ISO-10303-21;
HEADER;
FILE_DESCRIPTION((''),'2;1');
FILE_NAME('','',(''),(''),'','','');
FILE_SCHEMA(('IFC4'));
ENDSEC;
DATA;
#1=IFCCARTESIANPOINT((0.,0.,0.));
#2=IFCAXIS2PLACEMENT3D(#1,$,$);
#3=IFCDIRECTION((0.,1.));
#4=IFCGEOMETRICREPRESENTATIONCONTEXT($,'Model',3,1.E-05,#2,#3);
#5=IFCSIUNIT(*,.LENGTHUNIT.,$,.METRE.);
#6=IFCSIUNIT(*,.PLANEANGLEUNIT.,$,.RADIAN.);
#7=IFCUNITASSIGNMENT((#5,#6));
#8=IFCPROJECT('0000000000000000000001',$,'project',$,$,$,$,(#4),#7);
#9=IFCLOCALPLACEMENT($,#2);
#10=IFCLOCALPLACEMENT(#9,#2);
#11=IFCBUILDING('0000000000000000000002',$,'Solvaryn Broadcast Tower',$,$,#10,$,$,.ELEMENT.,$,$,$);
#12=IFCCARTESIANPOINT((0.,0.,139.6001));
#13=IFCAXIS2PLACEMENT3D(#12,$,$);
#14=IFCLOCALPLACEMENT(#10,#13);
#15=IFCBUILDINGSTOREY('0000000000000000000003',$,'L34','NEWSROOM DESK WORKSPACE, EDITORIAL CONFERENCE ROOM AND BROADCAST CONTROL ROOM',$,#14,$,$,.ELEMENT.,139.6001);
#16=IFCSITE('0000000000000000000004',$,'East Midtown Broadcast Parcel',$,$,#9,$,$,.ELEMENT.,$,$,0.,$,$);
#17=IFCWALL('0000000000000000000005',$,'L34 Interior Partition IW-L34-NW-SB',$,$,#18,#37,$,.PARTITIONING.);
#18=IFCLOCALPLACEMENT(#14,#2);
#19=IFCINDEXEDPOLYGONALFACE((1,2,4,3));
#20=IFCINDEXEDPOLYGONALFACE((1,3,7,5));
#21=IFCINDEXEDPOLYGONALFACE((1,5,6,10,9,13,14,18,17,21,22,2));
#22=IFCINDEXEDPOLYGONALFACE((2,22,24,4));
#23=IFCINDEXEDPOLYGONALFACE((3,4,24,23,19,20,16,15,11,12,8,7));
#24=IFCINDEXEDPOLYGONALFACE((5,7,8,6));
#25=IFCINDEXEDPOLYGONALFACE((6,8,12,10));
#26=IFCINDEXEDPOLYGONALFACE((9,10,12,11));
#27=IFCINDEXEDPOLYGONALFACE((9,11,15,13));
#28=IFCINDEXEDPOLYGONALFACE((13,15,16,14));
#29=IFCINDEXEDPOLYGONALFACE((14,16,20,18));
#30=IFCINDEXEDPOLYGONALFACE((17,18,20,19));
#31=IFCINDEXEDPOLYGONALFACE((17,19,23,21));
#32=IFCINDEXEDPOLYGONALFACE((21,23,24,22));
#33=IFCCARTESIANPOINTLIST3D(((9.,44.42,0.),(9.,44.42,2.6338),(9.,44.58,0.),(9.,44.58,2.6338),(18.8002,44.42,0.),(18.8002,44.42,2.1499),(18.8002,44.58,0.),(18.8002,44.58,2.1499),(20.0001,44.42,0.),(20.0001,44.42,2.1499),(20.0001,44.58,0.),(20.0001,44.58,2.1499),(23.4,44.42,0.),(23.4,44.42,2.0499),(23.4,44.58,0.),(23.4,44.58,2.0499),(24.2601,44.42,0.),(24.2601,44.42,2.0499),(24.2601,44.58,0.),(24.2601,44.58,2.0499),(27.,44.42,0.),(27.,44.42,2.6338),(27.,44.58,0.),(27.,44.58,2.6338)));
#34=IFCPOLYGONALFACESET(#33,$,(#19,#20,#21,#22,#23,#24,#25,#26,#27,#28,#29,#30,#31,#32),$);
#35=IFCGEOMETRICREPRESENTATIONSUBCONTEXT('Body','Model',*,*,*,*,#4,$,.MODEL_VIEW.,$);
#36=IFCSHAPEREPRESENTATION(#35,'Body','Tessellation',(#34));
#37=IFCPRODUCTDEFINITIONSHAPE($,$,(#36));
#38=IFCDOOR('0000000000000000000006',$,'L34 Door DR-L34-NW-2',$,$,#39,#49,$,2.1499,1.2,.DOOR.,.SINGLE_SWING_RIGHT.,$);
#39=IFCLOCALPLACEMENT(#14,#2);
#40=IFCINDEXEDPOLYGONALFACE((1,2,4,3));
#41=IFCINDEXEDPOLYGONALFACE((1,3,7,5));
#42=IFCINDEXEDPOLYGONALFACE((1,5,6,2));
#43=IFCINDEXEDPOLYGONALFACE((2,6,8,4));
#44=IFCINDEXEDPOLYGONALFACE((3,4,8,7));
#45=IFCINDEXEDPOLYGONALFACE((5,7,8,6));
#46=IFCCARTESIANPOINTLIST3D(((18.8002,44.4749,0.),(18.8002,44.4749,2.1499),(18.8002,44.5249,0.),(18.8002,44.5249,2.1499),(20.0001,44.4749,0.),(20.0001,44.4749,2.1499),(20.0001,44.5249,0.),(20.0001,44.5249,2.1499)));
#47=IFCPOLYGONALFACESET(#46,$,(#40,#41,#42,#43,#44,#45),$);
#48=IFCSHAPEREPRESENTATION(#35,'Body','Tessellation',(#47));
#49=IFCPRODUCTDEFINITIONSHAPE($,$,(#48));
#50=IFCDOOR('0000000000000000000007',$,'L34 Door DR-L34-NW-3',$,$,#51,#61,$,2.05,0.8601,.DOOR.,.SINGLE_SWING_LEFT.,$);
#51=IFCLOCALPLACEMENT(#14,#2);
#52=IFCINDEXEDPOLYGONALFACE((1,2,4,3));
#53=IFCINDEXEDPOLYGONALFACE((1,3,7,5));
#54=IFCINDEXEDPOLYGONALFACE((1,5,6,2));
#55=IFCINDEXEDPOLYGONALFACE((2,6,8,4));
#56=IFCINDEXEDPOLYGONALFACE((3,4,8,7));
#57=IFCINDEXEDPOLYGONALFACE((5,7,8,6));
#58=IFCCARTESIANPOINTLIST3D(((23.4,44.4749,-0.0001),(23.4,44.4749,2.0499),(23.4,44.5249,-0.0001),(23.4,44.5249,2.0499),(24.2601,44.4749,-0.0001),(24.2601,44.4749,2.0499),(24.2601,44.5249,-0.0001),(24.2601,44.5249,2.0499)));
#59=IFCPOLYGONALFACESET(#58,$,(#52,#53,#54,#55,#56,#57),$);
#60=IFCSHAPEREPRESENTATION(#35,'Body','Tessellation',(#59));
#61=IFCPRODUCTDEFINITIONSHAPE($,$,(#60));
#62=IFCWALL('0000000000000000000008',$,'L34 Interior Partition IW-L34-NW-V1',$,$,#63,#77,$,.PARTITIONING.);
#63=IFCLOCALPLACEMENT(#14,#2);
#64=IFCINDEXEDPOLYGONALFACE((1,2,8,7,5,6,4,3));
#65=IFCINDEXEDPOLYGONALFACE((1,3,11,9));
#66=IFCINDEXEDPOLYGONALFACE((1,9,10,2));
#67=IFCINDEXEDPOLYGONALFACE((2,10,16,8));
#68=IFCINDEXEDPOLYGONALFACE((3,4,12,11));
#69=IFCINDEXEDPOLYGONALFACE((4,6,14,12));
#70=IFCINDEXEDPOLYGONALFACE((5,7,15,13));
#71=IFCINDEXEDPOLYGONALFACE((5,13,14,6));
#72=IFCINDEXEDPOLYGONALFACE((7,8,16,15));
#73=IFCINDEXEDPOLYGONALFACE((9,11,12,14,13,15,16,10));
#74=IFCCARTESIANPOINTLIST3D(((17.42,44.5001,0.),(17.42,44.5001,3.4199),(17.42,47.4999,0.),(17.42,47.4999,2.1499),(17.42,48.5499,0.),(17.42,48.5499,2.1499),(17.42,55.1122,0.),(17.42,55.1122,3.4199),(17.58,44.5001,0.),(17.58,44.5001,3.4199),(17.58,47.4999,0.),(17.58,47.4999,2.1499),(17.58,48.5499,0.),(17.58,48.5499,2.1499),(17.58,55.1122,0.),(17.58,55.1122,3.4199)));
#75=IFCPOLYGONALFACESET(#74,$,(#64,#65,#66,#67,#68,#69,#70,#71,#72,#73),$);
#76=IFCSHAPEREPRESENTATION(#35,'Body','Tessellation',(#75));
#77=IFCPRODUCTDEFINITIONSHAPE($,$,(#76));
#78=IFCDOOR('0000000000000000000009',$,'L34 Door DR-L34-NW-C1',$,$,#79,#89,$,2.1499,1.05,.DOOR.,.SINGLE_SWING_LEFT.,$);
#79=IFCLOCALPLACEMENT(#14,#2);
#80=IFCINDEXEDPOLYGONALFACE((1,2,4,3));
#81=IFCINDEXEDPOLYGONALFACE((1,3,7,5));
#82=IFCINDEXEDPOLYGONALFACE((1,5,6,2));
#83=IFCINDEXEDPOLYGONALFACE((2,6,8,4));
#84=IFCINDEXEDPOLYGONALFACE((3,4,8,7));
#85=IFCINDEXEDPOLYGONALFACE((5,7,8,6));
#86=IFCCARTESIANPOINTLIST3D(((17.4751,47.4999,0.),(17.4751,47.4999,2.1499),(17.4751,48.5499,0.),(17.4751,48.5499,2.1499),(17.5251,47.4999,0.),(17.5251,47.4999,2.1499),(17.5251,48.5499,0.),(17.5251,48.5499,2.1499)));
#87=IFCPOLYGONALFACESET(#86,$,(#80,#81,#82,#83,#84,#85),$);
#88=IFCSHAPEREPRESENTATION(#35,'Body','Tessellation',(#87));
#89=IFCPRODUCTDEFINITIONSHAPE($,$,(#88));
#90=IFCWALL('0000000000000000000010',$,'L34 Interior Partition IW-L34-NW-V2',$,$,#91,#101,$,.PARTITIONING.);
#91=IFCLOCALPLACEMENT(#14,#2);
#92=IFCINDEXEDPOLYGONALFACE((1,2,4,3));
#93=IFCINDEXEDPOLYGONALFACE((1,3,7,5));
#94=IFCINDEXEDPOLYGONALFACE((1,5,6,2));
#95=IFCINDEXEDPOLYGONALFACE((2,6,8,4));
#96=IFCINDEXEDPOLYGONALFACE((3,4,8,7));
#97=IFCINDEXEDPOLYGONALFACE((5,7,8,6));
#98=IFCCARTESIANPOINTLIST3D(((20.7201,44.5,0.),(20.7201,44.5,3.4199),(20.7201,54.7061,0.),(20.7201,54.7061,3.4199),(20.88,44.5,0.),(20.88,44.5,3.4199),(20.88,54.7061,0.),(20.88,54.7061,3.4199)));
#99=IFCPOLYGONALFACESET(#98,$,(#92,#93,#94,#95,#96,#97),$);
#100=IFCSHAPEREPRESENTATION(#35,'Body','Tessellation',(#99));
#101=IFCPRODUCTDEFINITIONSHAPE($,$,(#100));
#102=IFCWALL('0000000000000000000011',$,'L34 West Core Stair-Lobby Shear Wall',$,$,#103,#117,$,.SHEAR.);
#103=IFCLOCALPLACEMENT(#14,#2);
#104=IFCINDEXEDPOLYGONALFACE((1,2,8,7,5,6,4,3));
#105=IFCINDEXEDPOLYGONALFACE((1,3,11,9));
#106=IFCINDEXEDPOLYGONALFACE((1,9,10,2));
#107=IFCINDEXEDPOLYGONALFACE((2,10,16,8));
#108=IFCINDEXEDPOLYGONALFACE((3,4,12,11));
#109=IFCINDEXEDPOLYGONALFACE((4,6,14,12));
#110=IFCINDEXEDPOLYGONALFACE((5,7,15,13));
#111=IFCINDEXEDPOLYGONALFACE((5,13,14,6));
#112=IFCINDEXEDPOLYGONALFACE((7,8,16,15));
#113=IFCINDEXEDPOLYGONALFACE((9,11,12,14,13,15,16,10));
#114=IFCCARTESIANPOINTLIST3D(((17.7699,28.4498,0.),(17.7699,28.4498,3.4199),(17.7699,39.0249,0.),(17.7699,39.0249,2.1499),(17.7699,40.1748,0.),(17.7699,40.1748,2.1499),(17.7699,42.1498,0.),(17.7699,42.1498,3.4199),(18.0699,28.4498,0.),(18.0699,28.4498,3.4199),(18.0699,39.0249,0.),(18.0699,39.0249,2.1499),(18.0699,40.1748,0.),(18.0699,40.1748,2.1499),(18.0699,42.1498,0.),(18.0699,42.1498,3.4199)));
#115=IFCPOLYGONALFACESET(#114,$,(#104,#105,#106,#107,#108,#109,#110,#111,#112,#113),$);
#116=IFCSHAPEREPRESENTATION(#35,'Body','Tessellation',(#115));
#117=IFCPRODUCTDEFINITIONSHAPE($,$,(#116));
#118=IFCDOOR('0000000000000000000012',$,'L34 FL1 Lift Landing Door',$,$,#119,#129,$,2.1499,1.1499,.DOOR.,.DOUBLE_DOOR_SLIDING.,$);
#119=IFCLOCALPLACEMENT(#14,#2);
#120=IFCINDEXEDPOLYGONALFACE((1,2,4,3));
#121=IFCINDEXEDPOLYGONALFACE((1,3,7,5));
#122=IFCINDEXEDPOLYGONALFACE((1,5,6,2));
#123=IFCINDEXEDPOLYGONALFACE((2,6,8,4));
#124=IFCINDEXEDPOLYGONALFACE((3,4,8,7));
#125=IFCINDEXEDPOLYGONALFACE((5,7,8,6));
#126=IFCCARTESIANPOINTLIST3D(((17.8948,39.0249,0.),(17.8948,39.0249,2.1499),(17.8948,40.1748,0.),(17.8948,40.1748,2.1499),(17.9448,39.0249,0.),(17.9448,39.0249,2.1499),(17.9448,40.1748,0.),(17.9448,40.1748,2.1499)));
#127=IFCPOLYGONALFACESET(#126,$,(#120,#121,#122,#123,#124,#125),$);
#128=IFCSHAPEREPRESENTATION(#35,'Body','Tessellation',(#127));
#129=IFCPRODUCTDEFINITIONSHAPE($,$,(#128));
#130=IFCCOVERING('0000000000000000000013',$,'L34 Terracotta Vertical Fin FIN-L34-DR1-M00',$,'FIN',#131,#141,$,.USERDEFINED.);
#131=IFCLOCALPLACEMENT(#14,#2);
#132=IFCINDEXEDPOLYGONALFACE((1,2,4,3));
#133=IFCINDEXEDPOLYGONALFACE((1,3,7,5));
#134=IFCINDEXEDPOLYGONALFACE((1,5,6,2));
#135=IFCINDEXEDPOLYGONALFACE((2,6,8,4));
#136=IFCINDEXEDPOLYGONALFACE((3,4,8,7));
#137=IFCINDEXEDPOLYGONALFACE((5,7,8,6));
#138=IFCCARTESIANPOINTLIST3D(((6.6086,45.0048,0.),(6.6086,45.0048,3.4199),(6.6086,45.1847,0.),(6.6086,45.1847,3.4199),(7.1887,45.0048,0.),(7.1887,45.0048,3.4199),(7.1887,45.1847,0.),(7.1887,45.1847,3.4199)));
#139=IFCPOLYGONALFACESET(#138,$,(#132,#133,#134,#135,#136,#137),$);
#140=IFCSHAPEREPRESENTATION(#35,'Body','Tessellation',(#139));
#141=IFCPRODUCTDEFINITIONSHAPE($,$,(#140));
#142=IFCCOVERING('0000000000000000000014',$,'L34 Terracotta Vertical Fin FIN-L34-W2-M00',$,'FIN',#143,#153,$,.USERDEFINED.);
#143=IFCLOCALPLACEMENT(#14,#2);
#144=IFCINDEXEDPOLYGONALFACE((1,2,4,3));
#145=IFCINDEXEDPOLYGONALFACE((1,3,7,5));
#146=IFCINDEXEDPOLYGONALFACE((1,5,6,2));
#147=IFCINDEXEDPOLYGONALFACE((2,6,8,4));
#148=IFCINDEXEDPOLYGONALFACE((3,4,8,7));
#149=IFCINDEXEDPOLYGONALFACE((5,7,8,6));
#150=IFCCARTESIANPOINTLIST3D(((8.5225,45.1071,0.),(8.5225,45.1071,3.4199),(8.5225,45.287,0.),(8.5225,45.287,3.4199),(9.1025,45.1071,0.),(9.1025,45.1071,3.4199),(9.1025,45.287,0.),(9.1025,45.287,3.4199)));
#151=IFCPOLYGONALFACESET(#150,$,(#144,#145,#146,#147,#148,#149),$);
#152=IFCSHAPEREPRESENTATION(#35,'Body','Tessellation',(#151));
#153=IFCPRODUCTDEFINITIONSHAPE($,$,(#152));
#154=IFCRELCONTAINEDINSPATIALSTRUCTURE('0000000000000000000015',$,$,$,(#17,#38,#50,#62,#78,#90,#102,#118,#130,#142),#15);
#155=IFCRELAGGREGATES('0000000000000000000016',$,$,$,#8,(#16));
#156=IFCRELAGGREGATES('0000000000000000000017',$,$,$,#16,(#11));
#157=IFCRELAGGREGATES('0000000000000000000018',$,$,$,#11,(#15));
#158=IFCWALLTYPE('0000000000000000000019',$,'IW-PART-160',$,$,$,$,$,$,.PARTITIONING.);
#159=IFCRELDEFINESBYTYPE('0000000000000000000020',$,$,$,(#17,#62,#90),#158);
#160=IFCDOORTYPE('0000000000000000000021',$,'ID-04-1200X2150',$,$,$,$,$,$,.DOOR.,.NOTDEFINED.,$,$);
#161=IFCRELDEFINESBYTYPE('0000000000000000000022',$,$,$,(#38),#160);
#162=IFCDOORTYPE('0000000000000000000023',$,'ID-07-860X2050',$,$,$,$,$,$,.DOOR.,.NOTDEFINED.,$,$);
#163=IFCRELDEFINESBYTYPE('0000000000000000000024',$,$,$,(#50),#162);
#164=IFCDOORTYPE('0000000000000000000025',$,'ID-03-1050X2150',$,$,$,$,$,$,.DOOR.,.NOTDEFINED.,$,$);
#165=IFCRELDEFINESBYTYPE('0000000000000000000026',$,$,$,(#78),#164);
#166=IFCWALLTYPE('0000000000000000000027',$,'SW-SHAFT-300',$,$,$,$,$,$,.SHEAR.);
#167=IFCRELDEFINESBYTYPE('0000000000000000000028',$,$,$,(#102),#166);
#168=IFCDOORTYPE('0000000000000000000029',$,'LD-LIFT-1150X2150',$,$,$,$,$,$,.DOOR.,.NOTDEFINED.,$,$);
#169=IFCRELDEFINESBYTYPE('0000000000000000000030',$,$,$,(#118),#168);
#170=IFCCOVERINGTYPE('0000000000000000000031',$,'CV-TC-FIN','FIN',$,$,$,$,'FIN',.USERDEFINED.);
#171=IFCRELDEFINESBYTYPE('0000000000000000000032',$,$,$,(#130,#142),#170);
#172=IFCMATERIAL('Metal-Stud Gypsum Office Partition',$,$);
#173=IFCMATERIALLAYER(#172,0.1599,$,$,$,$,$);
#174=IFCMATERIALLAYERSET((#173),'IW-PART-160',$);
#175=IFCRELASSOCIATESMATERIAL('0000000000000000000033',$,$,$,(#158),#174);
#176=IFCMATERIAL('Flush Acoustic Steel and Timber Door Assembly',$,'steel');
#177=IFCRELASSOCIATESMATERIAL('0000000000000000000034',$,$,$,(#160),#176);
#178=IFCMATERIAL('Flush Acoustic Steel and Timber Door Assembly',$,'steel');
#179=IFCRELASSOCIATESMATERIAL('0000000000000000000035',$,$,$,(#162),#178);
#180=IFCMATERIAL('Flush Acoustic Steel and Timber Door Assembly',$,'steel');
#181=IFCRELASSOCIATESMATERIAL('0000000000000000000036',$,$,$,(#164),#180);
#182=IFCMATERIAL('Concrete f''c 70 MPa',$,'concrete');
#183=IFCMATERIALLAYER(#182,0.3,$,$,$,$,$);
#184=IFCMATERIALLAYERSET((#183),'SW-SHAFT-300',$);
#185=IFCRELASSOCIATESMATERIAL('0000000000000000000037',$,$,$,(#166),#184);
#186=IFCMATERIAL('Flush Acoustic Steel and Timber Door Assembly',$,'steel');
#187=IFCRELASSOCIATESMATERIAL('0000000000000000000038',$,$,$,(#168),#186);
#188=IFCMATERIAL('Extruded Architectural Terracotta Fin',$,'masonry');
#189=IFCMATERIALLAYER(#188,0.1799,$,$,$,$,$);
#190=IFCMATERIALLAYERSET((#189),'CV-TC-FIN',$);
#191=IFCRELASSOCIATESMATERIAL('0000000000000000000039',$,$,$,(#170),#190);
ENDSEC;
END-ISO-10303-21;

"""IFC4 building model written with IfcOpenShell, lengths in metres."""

from ifc_helpers import new_model, si_unit, direction, frame, frame_2d, origin, origin_2d, place, context, subcontext, project, spatial, rectangle, extrude, material, layer, layer_set, type_object, element, fill, save


model = new_model("IFC4")

# Units and contexts
model_context = context("Model", 3, precision=1e-05, world=origin(), true_north=direction((0.0, 1.0)))
body_context = subcontext(model_context, "Body", "Model", "MODEL_VIEW")
ifc_project = project(units=[si_unit("LENGTHUNIT", "METRE"), si_unit("PLANEANGLEUNIT", "RADIAN")], contexts=[model_context])

# Site, building, storey
site_placement = place(None, origin())
site = spatial("IfcSite", under=ifc_project, at=site_placement, Name="East Midtown Broadcast Parcel", CompositionType="ELEMENT", RefElevation=0.0)
building_placement = place(site_placement, origin())
building = spatial("IfcBuilding", under=site, at=building_placement, Name="Solvaryn Broadcast Tower", CompositionType="ELEMENT")
storey_placement = place(building_placement, frame((0.0, 0.0, 139.6001)))
storey = spatial("IfcBuildingStorey", under=building, at=storey_placement, Name="L34", Description="NEWSROOM DESK WORKSPACE, EDITORIAL CONFERENCE ROOM AND BROADCAST CONTROL ROOM", CompositionType="ELEMENT", Elevation=139.6001)

# Shared definitions
ifc_material_1 = material(Name="Metal-Stud Gypsum Office Partition")
ifc_layer_1 = layer(ifc_material_1, 0.1599)
ifc_layer_set_1 = layer_set([ifc_layer_1], Name="IW-PART-160")
wall_type_1 = type_object("IfcWallType", Name="IW-PART-160", PredefinedType="PARTITIONING", material=ifc_layer_set_1)

# Wall, openings, doors
wall_1_placement = place(storey_placement, frame((9.0, 44.5, 0.0), z_axis=(0.0, 0.0, 1.0), x_axis=(1.0, 0.0, 0.0)))
wall_1 = element("IfcWall", 1, at=wall_1_placement, inside=storey, type_object=wall_type_1, Name="L34 Interior Partition IW-L34-NW-SB", PredefinedType="PARTITIONING", context=body_context, shape_type="SweptSolid", body=[
    extrude(rectangle(XDim=18.0, YDim=0.1599, at=frame_2d((9.0, 0.0))), origin(), (0.0, 0.0, 1.0), 2.6338),
])
opening_1_placement = place(wall_1_placement, frame((9.8, 0.0, 0.0)))
opening_1 = element("IfcOpeningElement", 2, at=opening_1_placement, cuts=wall_1, PredefinedType="OPENING", context=body_context, shape_type="SweptSolid", body=[
    extrude(rectangle(XDim=1.2, YDim=2.1499, at=frame_2d((0.6001, 1.075))), frame((0.0, 0.0901, 0.0), z_axis=(0.0, -1.0, 0.0), x_axis=(1.0, 0.0, 0.0)), (0.0, 0.0, 1.0), 0.1799),
])
opening_2_placement = place(wall_1_placement, frame((14.3999, 0.0, 0.0)))
opening_2 = element("IfcOpeningElement", 3, at=opening_2_placement, cuts=wall_1, PredefinedType="OPENING", context=body_context, shape_type="SweptSolid", body=[
    extrude(rectangle(XDim=0.8601, YDim=2.05, at=frame_2d((0.4302, 1.0249))), frame((0.0, 0.0901, 0.0), z_axis=(0.0, -1.0, 0.0), x_axis=(1.0, 0.0, 0.0)), (0.0, 0.0, 1.0), 0.1799),
])
ifc_material_2 = material(Name="Flush Acoustic Steel and Timber Door Assembly", Category="steel")
door_type_1 = type_object("IfcDoorType", Name="ID-04-1200X2150", OperationType="NOTDEFINED", PredefinedType="DOOR", material=ifc_material_2)
door_1_placement = place(opening_1_placement, origin())
door_1 = element("IfcDoor", 4, at=door_1_placement, inside=storey, type_object=door_type_1, Name="L34 Door DR-L34-NW-2", OperationType="SINGLE_SWING_RIGHT", OverallHeight=2.1499, OverallWidth=1.2, PredefinedType="DOOR", context=body_context, shape_type="SweptSolid", body=[
    extrude(rectangle(XDim=1.2, YDim=2.1499, at=frame_2d((0.6001, 1.075))), frame((0.0, 0.0249, 0.0), z_axis=(0.0, -1.0, 0.0), x_axis=(1.0, 0.0, 0.0)), (0.0, 0.0, 1.0), 0.05),
])
fill(opening_1, door_1)
ifc_material_3 = material(Name="Flush Acoustic Steel and Timber Door Assembly", Category="steel")
door_type_2 = type_object("IfcDoorType", Name="ID-07-860X2050", OperationType="NOTDEFINED", PredefinedType="DOOR", material=ifc_material_3)
door_2_placement = place(opening_2_placement, origin())
door_2 = element("IfcDoor", 5, at=door_2_placement, inside=storey, type_object=door_type_2, Name="L34 Door DR-L34-NW-3", OperationType="SINGLE_SWING_LEFT", OverallHeight=2.05, OverallWidth=0.8601, PredefinedType="DOOR", context=body_context, shape_type="SweptSolid", body=[
    extrude(rectangle(XDim=0.8601, YDim=2.05, at=frame_2d((0.4302, 1.0249))), frame((0.0, 0.0249, 0.0), z_axis=(0.0, -1.0, 0.0), x_axis=(1.0, 0.0, 0.0)), (0.0, 0.0, 1.0), 0.05),
])
fill(opening_2, door_2)

# Wall, opening, door
wall_2_placement = place(storey_placement, frame((17.5, 44.5, 0.0), z_axis=(0.0, 0.0, 1.0), x_axis=(0.0, 1.0, 0.0)))
wall_2 = element("IfcWall", 6, at=wall_2_placement, inside=storey, type_object=wall_type_1, Name="L34 Interior Partition IW-L34-NW-V1", PredefinedType="PARTITIONING", context=body_context, shape_type="SweptSolid", body=[
    extrude(rectangle(XDim=10.6121, YDim=0.1599, at=frame_2d((5.3062, 0.0))), origin(), (0.0, 0.0, 1.0), 3.4199),
])
opening_3_placement = place(wall_2_placement, frame((3.0, 0.0, 0.0)))
opening_3 = element("IfcOpeningElement", 7, at=opening_3_placement, cuts=wall_2, PredefinedType="OPENING", context=body_context, shape_type="SweptSolid", body=[
    extrude(rectangle(XDim=1.05, YDim=2.1499, at=frame_2d((0.5249, 1.075))), frame((0.0, 0.0901, 0.0), z_axis=(0.0, -1.0, 0.0), x_axis=(1.0, 0.0, 0.0)), (0.0, 0.0, 1.0), 0.1799),
])
ifc_material_4 = material(Name="Flush Acoustic Steel and Timber Door Assembly", Category="steel")
door_type_3 = type_object("IfcDoorType", Name="ID-03-1050X2150", OperationType="NOTDEFINED", PredefinedType="DOOR", material=ifc_material_4)
door_3_placement = place(opening_3_placement, origin())
door_3 = element("IfcDoor", 8, at=door_3_placement, inside=storey, type_object=door_type_3, Name="L34 Door DR-L34-NW-C1", OperationType="SINGLE_SWING_LEFT", OverallHeight=2.1499, OverallWidth=1.05, PredefinedType="DOOR", context=body_context, shape_type="SweptSolid", body=[
    extrude(rectangle(XDim=1.05, YDim=2.1499, at=frame_2d((0.5249, 1.075))), frame((0.0, 0.0249, 0.0), z_axis=(0.0, -1.0, 0.0), x_axis=(1.0, 0.0, 0.0)), (0.0, 0.0, 1.0), 0.05),
])
fill(opening_3, door_3)

# Wall
wall_3_placement = place(storey_placement, frame((20.8, 44.5, 0.0), z_axis=(0.0, 0.0, 1.0), x_axis=(0.0, 1.0, 0.0)))
element("IfcWall", 9, at=wall_3_placement, inside=storey, type_object=wall_type_1, Name="L34 Interior Partition IW-L34-NW-V2", PredefinedType="PARTITIONING", context=body_context, shape_type="SweptSolid", body=[
    extrude(rectangle(XDim=10.2061, YDim=0.1599, at=frame_2d((5.103, 0.0))), origin(), (0.0, 0.0, 1.0), 3.4199),
])

# Wall, opening, door
ifc_material_5 = material(Name="Concrete f'c 70 MPa", Category="concrete")
ifc_layer_2 = layer(ifc_material_5, 0.3)
ifc_layer_set_2 = layer_set([ifc_layer_2], Name="SW-SHAFT-300")
wall_type_2 = type_object("IfcWallType", Name="SW-SHAFT-300", PredefinedType="SHEAR", material=ifc_layer_set_2)
wall_4_placement = place(storey_placement, frame((17.9199, 42.1499, 0.0), z_axis=(0.0, 0.0, 1.0), x_axis=(0.0, -1.0, 0.0)))
wall_4 = element("IfcWall", 10, at=wall_4_placement, inside=storey, type_object=wall_type_2, Name="L34 West Core Stair-Lobby Shear Wall", PredefinedType="SHEAR", context=body_context, shape_type="SweptSolid", body=[
    extrude(rectangle(XDim=13.7, YDim=0.3, at=frame_2d((6.8501, 0.0))), origin(), (0.0, 0.0, 1.0), 3.4199),
])
opening_4_placement = place(wall_4_placement, frame((1.9751, 0.0, 0.0)))
opening_4 = element("IfcOpeningElement", 11, at=opening_4_placement, cuts=wall_4, PredefinedType="OPENING", context=body_context, shape_type="SweptSolid", body=[
    extrude(rectangle(XDim=1.1499, YDim=2.1499, at=frame_2d((0.575, 1.075))), frame((0.0, 0.1599, 0.0), z_axis=(0.0, -1.0, 0.0), x_axis=(1.0, 0.0, 0.0)), (0.0, 0.0, 1.0), 0.3201),
])
ifc_material_6 = material(Name="Flush Acoustic Steel and Timber Door Assembly", Category="steel")
door_type_4 = type_object("IfcDoorType", Name="LD-LIFT-1150X2150", OperationType="NOTDEFINED", PredefinedType="DOOR", material=ifc_material_6)
door_4_placement = place(opening_4_placement, origin())
door_4 = element("IfcDoor", 12, at=door_4_placement, inside=storey, type_object=door_type_4, Name="L34 FL1 Lift Landing Door", OperationType="DOUBLE_DOOR_SLIDING", OverallHeight=2.1499, OverallWidth=1.1499, PredefinedType="DOOR", context=body_context, shape_type="SweptSolid", body=[
    extrude(rectangle(XDim=1.1499, YDim=2.1499, at=frame_2d((0.575, 1.075))), frame((0.0, 0.0249, 0.0), z_axis=(0.0, -1.0, 0.0), x_axis=(1.0, 0.0, 0.0)), (0.0, 0.0, 1.0), 0.05),
])
fill(opening_4, door_4)

# Coverings
ifc_material_7 = material(Name="Extruded Architectural Terracotta Fin", Category="masonry")
ifc_layer_3 = layer(ifc_material_7, 0.1799)
ifc_layer_set_3 = layer_set([ifc_layer_3], Name="CV-TC-FIN")
covering_type = type_object("IfcCoveringType", Name="CV-TC-FIN", Description="FIN", ElementType="FIN", PredefinedType="USERDEFINED", material=ifc_layer_set_3)
for number, where, z_axis, x_axis, name in (
    (13, (6.8987, 45.0947, 0.0), (0.0, 0.0, 1.0), (1.0, 0.0, 0.0), "L34 Terracotta Vertical Fin FIN-L34-DR1-M00"),
    (14, (8.8125, 45.197, 0.0), (0.0, 0.0, 1.0), (1.0, 0.0, 0.0), "L34 Terracotta Vertical Fin FIN-L34-W2-M00"),
):
    element("IfcCovering", number, at=place(storey_placement, frame(where, z_axis=z_axis, x_axis=x_axis)), inside=storey, type_object=covering_type, Name=name, ObjectType="FIN", PredefinedType="USERDEFINED", context=body_context, shape_type="SweptSolid", body=[
        extrude(rectangle(XDim=0.5801, YDim=0.1799, at=origin_2d()), origin(), (0.0, 0.0, 1.0), 3.4199),
    ])

save(model, "model.ifc")
